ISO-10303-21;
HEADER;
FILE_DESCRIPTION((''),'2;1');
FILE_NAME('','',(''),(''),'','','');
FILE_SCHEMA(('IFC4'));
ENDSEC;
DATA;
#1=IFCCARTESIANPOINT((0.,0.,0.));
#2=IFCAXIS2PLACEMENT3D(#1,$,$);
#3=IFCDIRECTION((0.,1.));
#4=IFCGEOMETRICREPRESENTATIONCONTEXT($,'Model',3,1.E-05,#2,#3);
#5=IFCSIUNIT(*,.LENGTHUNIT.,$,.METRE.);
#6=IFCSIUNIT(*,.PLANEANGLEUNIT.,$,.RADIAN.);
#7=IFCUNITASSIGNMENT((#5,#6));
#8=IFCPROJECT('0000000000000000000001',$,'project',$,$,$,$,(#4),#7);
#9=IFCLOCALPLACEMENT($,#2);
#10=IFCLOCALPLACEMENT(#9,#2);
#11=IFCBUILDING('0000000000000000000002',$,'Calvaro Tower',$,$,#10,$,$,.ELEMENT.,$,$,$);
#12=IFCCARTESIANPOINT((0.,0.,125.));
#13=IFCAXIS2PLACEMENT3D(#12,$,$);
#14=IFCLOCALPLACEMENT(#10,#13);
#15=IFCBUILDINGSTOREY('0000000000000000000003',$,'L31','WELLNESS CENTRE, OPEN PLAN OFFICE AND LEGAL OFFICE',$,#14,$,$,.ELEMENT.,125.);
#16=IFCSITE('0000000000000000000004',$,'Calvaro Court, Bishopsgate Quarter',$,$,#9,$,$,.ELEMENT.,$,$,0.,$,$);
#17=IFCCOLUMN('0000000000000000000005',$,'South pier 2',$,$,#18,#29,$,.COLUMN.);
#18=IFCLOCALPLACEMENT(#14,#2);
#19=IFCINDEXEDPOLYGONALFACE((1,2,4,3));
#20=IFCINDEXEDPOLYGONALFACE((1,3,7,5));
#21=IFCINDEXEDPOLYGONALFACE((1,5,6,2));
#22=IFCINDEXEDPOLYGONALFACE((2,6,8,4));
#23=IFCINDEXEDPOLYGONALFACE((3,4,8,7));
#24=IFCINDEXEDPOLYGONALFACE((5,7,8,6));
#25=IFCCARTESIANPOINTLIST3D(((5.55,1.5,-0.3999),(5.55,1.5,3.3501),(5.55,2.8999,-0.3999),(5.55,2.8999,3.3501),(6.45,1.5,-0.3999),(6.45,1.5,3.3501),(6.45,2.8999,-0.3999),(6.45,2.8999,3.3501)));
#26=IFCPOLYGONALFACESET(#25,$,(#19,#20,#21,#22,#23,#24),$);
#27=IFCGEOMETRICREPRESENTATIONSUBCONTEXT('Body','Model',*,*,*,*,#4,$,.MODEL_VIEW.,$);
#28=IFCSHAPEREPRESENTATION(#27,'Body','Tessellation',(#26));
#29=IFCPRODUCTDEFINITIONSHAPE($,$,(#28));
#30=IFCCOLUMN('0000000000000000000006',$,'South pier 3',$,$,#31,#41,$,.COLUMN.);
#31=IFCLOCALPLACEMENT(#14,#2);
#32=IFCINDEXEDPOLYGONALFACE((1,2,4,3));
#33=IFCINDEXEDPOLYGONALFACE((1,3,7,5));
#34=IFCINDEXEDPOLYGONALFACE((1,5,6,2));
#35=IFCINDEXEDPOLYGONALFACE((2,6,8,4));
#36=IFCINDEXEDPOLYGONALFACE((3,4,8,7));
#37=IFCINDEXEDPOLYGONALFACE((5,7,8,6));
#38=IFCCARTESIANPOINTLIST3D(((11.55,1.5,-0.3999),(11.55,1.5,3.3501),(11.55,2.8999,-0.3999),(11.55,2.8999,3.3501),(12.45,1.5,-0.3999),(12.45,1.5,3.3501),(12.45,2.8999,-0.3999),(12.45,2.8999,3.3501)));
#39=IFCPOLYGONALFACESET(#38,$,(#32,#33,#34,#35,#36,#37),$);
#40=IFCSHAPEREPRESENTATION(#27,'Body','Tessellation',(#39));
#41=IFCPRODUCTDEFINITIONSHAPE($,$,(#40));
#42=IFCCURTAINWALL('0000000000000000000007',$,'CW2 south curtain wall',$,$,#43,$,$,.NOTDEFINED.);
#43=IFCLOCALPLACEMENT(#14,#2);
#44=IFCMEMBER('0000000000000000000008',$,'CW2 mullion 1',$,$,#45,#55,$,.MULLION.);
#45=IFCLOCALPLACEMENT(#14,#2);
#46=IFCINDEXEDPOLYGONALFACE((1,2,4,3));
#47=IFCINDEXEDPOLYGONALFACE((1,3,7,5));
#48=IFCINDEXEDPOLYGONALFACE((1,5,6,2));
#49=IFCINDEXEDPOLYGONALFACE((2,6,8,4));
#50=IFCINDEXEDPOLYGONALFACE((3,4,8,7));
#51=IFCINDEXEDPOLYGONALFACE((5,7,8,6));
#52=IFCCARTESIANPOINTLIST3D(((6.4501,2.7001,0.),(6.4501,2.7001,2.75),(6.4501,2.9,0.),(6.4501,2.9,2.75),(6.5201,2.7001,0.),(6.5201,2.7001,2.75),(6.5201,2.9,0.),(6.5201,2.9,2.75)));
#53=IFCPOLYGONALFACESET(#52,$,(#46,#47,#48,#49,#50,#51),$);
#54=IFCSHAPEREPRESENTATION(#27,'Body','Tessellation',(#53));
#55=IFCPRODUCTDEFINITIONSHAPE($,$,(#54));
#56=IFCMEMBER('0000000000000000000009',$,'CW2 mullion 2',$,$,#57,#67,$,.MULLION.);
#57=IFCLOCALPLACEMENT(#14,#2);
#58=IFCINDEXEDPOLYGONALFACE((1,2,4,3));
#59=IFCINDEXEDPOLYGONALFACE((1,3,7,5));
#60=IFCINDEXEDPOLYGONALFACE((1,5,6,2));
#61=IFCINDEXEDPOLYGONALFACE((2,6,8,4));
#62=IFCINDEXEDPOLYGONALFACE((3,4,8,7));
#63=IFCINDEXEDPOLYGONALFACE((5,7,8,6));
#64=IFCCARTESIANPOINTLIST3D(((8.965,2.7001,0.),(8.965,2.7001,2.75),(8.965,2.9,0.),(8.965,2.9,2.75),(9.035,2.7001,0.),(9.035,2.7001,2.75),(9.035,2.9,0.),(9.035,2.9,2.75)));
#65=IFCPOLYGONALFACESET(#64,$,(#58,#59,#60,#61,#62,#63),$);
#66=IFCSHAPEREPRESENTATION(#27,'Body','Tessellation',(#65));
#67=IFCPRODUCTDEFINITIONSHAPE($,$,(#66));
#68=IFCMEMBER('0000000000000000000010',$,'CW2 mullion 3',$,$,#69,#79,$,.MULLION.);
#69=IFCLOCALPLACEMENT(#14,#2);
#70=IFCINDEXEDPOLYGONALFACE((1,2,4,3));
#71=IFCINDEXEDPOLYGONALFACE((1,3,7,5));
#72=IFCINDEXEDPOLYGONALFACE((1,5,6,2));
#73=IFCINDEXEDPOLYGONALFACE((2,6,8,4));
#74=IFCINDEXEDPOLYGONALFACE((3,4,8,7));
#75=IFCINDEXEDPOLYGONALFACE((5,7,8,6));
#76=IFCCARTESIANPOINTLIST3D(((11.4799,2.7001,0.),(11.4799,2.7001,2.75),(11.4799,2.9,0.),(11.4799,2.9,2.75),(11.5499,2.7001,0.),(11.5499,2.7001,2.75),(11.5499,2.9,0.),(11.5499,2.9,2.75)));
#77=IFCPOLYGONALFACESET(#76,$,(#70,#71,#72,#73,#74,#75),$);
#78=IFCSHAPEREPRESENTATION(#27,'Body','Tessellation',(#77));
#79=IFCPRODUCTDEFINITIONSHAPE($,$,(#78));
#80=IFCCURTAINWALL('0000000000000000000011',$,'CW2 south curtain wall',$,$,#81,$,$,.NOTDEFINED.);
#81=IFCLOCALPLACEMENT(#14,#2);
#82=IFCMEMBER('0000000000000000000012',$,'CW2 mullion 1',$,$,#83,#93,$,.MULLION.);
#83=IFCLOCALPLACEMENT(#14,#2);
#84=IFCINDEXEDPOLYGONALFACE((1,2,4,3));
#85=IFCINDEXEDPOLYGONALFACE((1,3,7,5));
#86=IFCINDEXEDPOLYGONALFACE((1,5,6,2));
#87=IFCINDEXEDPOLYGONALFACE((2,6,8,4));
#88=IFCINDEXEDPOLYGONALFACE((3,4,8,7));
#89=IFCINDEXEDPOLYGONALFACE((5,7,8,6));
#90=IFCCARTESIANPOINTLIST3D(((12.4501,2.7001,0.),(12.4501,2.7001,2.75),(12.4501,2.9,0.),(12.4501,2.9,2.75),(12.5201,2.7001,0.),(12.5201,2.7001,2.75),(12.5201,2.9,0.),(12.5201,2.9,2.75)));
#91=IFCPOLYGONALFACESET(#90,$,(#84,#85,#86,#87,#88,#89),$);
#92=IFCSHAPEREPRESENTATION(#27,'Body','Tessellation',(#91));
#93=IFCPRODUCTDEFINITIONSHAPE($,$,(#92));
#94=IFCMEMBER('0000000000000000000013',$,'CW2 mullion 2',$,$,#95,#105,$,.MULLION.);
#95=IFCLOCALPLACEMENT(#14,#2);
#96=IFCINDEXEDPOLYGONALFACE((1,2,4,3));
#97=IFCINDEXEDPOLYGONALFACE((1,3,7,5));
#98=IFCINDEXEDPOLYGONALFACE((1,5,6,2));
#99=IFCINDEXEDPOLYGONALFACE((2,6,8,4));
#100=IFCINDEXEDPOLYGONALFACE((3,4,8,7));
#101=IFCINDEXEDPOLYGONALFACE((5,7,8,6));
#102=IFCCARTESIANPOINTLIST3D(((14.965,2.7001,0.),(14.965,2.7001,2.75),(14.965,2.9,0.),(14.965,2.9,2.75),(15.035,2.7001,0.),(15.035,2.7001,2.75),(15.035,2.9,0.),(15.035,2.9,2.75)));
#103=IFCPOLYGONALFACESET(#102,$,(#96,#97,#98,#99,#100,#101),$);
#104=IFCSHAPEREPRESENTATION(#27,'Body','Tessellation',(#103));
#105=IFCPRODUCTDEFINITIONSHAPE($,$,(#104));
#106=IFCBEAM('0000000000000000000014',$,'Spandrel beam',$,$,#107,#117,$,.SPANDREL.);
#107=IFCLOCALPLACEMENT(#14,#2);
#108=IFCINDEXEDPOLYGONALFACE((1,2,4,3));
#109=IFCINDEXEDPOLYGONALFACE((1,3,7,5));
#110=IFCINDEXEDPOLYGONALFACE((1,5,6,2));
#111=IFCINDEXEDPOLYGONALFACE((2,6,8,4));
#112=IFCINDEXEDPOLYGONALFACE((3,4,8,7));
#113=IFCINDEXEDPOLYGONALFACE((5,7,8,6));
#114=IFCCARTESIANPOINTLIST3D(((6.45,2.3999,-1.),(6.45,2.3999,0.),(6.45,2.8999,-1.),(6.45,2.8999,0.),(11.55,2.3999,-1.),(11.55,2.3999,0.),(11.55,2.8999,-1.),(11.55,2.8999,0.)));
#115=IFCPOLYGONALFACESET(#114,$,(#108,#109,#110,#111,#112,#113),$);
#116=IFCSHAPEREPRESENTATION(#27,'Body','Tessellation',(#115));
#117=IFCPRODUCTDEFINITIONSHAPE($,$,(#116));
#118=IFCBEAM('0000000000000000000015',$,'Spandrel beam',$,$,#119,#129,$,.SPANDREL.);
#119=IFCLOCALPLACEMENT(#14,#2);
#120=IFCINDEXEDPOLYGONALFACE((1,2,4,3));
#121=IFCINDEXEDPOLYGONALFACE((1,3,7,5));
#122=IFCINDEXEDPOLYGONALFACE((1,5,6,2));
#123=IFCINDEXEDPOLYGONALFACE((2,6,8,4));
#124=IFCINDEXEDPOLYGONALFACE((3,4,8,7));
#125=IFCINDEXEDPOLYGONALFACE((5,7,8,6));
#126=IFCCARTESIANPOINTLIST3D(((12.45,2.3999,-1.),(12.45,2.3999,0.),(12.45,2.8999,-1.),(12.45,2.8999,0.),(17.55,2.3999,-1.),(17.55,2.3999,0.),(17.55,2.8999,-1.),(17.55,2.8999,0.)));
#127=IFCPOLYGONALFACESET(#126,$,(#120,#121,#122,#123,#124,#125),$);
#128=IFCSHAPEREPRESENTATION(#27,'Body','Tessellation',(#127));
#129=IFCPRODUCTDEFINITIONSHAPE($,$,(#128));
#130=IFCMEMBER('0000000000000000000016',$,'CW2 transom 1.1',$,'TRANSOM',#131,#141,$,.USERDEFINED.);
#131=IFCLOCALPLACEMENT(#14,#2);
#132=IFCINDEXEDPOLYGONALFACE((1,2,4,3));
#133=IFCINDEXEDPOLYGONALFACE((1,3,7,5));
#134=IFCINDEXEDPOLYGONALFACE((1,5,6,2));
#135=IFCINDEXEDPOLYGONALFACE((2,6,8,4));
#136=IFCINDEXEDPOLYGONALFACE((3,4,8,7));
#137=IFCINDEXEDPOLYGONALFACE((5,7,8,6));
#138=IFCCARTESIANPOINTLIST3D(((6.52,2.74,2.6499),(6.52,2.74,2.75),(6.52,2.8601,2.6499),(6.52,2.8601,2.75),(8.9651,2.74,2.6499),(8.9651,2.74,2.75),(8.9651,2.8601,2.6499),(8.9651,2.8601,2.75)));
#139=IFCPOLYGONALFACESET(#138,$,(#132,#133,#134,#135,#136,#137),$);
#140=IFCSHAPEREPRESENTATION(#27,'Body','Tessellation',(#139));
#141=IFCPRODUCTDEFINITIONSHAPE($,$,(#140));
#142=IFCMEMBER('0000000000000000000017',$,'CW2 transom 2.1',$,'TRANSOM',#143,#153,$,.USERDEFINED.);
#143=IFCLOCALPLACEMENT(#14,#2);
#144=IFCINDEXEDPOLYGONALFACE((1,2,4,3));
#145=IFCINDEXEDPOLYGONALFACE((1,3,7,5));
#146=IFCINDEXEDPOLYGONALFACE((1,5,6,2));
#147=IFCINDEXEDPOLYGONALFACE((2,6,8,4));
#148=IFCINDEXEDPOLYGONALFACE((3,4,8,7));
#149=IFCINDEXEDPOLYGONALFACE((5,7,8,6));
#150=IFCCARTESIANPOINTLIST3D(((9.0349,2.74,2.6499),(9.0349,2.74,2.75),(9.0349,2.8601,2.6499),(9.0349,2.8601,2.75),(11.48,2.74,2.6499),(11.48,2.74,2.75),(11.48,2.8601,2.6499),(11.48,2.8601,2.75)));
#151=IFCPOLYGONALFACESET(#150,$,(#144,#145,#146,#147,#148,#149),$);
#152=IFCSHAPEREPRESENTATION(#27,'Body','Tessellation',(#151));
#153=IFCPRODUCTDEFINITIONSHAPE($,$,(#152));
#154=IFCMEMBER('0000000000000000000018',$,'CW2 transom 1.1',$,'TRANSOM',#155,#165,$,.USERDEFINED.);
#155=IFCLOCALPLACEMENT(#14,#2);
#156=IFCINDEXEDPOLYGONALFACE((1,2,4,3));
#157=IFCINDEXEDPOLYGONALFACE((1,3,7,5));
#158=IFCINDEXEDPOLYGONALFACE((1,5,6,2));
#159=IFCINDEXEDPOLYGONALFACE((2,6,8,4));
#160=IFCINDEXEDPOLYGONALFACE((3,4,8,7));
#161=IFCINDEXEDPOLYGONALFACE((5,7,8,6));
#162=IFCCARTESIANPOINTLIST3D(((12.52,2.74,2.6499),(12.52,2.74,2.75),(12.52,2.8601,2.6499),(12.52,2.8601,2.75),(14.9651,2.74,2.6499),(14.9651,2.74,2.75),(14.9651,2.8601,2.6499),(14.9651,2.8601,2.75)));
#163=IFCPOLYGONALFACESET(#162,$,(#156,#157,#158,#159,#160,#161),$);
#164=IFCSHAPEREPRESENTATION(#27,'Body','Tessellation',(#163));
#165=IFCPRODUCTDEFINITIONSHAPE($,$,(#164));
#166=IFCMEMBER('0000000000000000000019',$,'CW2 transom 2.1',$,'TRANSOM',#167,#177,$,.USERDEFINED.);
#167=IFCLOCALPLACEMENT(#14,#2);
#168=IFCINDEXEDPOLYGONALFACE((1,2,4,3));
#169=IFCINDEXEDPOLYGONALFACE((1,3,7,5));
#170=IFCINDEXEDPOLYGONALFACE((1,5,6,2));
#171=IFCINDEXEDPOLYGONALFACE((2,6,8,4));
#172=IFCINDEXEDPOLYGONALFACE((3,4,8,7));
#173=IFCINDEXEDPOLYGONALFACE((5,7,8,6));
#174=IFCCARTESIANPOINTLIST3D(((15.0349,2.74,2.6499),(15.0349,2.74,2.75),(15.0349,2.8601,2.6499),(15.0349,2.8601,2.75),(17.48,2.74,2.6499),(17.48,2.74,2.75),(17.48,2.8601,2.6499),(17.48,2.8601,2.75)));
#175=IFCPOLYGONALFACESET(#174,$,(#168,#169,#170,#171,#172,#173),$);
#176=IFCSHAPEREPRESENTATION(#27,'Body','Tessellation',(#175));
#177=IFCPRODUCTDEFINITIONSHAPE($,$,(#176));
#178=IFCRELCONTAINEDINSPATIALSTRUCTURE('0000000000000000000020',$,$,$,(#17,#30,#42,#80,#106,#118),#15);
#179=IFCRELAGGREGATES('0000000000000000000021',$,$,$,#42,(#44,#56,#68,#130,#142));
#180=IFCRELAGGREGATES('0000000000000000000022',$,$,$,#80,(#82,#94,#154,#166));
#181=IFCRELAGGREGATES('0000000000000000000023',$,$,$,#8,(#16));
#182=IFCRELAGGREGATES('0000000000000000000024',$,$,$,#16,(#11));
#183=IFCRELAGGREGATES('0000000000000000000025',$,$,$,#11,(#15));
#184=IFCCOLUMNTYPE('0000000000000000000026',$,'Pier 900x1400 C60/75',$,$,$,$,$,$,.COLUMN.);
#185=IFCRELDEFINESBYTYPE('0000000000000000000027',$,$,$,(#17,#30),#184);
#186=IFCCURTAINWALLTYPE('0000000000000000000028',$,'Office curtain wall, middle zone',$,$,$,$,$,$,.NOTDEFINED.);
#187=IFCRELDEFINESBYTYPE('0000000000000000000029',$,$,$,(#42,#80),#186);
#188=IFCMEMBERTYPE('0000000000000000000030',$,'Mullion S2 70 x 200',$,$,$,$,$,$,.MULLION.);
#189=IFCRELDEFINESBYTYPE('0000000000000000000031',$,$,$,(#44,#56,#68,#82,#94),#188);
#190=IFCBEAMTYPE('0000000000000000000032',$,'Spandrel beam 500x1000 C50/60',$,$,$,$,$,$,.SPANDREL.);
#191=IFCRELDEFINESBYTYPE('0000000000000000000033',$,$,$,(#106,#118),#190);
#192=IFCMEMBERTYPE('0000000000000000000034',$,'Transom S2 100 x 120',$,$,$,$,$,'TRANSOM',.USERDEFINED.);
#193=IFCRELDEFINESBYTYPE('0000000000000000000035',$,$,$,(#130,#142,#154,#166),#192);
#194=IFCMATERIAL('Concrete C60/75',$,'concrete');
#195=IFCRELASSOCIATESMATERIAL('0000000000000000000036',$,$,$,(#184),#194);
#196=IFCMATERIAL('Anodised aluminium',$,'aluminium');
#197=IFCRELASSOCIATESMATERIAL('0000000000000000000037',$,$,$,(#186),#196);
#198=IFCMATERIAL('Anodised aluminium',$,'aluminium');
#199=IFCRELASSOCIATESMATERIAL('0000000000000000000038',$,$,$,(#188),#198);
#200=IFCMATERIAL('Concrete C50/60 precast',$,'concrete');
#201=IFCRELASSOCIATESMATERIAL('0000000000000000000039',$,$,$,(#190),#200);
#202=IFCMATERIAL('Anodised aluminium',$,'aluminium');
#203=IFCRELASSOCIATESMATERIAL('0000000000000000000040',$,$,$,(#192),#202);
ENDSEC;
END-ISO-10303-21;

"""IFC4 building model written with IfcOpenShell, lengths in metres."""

from ifc_helpers import new_model, si_unit, direction, frame, origin, origin_2d, place, context, subcontext, project, spatial, rectangle, extrude, material, material_profile, profile_set, type_object, element, aggregate, save


model = new_model("IFC4")

# Units and contexts
model_context = context("Model", 3, precision=1e-05, world=origin(), true_north=direction((0.0, 1.0)))
body_context = subcontext(model_context, "Body", "Model", "MODEL_VIEW")
ifc_project = project(units=[si_unit("LENGTHUNIT", "METRE"), si_unit("PLANEANGLEUNIT", "RADIAN")], contexts=[model_context])

# Site, building, storey
site_placement = place(None, origin())
site = spatial("IfcSite", under=ifc_project, at=site_placement, Name="Calvaro Court, Bishopsgate Quarter", CompositionType="ELEMENT", RefElevation=0.0)
building_placement = place(site_placement, origin())
building = spatial("IfcBuilding", under=site, at=building_placement, Name="Calvaro Tower", CompositionType="ELEMENT")
storey_placement = place(building_placement, frame((0.0, 0.0, 125.0)))
storey = spatial("IfcBuildingStorey", under=building, at=storey_placement, Name="L31", Description="WELLNESS CENTRE, OPEN PLAN OFFICE AND LEGAL OFFICE", CompositionType="ELEMENT", Elevation=125.0)

# Columns
ifc_material_1 = material(Name="Concrete C60/75", Category="concrete")
ifc_material_profile_1 = material_profile(ifc_material_1, rectangle(XDim=0.8999, YDim=1.3999, at=origin_2d()), Name="RC 900x1400")
ifc_profile_set_1 = profile_set([ifc_material_profile_1], Name="Concrete C60/75")
column_type = type_object("IfcColumnType", Name="Pier 900x1400 C60/75", PredefinedType="COLUMN", material=ifc_profile_set_1)
for number, where, z_axis, x_axis, name in (
    (1, (6.0, 2.2, -0.3999), (0.0, 0.0, 1.0), (1.0, 0.0, 0.0), "South pier 2"),
    (2, (12.0, 2.2, -0.3999), (0.0, 0.0, 1.0), (1.0, 0.0, 0.0), "South pier 3"),
):
    element("IfcColumn", number, at=place(storey_placement, frame(where, z_axis=z_axis, x_axis=x_axis)), inside=storey, type_object=column_type, Name=name, PredefinedType="COLUMN", context=body_context, shape_type="SweptSolid", body=[
        extrude(rectangle(XDim=0.8999, YDim=1.3999, at=origin_2d()), origin(), (0.0, 0.0, 1.0), 3.75),
    ])

# Curtain walls, members
ifc_material_2 = material(Name="Anodised aluminium", Category="aluminium")
curtain_wall_type = type_object("IfcCurtainWallType", Name="Office curtain wall, middle zone", PredefinedType="NOTDEFINED", material=ifc_material_2)
curtain_wall_1_placement = place(storey_placement, origin())
curtain_wall_1 = element("IfcCurtainWall", 3, at=curtain_wall_1_placement, inside=storey, type_object=curtain_wall_type, Name="CW2 south curtain wall", PredefinedType="NOTDEFINED")
ifc_material_3 = material(Name="Anodised aluminium", Category="aluminium")
ifc_material_profile_2 = material_profile(ifc_material_3, rectangle(XDim=0.2, YDim=0.0701, at=origin_2d()), Name="Mullion S2 70 x 200")
ifc_profile_set_2 = profile_set([ifc_material_profile_2], Name="Anodised aluminium")
member_type_1 = type_object("IfcMemberType", Name="Mullion S2 70 x 200", PredefinedType="MULLION", material=ifc_profile_set_2)
member_1_placement = place(storey_placement, frame((6.4851, 2.8, 0.0), z_axis=(0.0, 0.0, 1.0), x_axis=(0.0, 1.0, 0.0)))
member_1 = element("IfcMember", 4, at=member_1_placement, type_object=member_type_1, Name="CW2 mullion 1", PredefinedType="MULLION", context=body_context, shape_type="SweptSolid", body=[
    extrude(rectangle(XDim=0.2, YDim=0.0701, at=origin_2d()), origin(), (0.0, 0.0, 1.0), 2.75),
])
member_2_placement = place(storey_placement, frame((9.0, 2.8, 0.0), z_axis=(0.0, 0.0, 1.0), x_axis=(0.0, 1.0, 0.0)))
member_2 = element("IfcMember", 5, at=member_2_placement, type_object=member_type_1, Name="CW2 mullion 2", PredefinedType="MULLION", context=body_context, shape_type="SweptSolid", body=[
    extrude(rectangle(XDim=0.2, YDim=0.0701, at=origin_2d()), origin(), (0.0, 0.0, 1.0), 2.75),
])
member_3_placement = place(storey_placement, frame((11.5149, 2.8, 0.0), z_axis=(0.0, 0.0, 1.0), x_axis=(0.0, 1.0, 0.0)))
member_3 = element("IfcMember", 6, at=member_3_placement, type_object=member_type_1, Name="CW2 mullion 3", PredefinedType="MULLION", context=body_context, shape_type="SweptSolid", body=[
    extrude(rectangle(XDim=0.2, YDim=0.0701, at=origin_2d()), origin(), (0.0, 0.0, 1.0), 2.75),
])
curtain_wall_2_placement = place(storey_placement, origin())
curtain_wall_2 = element("IfcCurtainWall", 7, at=curtain_wall_2_placement, inside=storey, type_object=curtain_wall_type, Name="CW2 south curtain wall", PredefinedType="NOTDEFINED")
member_4_placement = place(storey_placement, frame((12.4851, 2.8, 0.0), z_axis=(0.0, 0.0, 1.0), x_axis=(0.0, 1.0, 0.0)))
member_4 = element("IfcMember", 8, at=member_4_placement, type_object=member_type_1, Name="CW2 mullion 1", PredefinedType="MULLION", context=body_context, shape_type="SweptSolid", body=[
    extrude(rectangle(XDim=0.2, YDim=0.0701, at=origin_2d()), origin(), (0.0, 0.0, 1.0), 2.75),
])
member_5_placement = place(storey_placement, frame((15.0, 2.8, 0.0), z_axis=(0.0, 0.0, 1.0), x_axis=(0.0, 1.0, 0.0)))
member_5 = element("IfcMember", 9, at=member_5_placement, type_object=member_type_1, Name="CW2 mullion 2", PredefinedType="MULLION", context=body_context, shape_type="SweptSolid", body=[
    extrude(rectangle(XDim=0.2, YDim=0.0701, at=origin_2d()), origin(), (0.0, 0.0, 1.0), 2.75),
])

# Beams
ifc_material_4 = material(Name="Concrete C50/60 precast", Category="concrete")
ifc_material_profile_3 = material_profile(ifc_material_4, rectangle(XDim=0.5, YDim=1.0, at=origin_2d()), Name="RC 500x1000")
ifc_profile_set_3 = profile_set([ifc_material_profile_3], Name="Concrete C50/60 precast")
beam_type = type_object("IfcBeamType", Name="Spandrel beam 500x1000 C50/60", PredefinedType="SPANDREL", material=ifc_profile_set_3)
for number, where, z_axis, x_axis, name in (
    (10, (6.45, 2.6499, -0.5), (1.0, 0.0, 0.0), (0.0, 1.0, 0.0), "Spandrel beam"),
    (11, (12.45, 2.6499, -0.5), (1.0, 0.0, 0.0), (0.0, 1.0, 0.0), "Spandrel beam"),
):
    element("IfcBeam", number, at=place(storey_placement, frame(where, z_axis=z_axis, x_axis=x_axis)), inside=storey, type_object=beam_type, Name=name, PredefinedType="SPANDREL", context=body_context, shape_type="SweptSolid", body=[
        extrude(rectangle(XDim=0.5, YDim=1.0, at=origin_2d()), origin(), (0.0, 0.0, 1.0), 5.1001),
    ])

# Members
ifc_material_5 = material(Name="Anodised aluminium", Category="aluminium")
ifc_material_profile_4 = material_profile(ifc_material_5, rectangle(XDim=0.1201, YDim=0.1001, at=origin_2d()), Name="Transom S2 100 x 120")
ifc_profile_set_4 = profile_set([ifc_material_profile_4], Name="Anodised aluminium")
member_type_2 = type_object("IfcMemberType", Name="Transom S2 100 x 120", ElementType="TRANSOM", PredefinedType="USERDEFINED", material=ifc_profile_set_4)
member_6_placement = place(storey_placement, frame((6.52, 2.8, 2.7), z_axis=(1.0, 0.0, 0.0), x_axis=(0.0, 1.0, 0.0)))
member_6 = element("IfcMember", 12, at=member_6_placement, type_object=member_type_2, Name="CW2 transom 1.1", ObjectType="TRANSOM", PredefinedType="USERDEFINED", context=body_context, shape_type="SweptSolid", body=[
    extrude(rectangle(XDim=0.1201, YDim=0.1001, at=origin_2d()), origin(), (0.0, 0.0, 1.0), 2.4451),
])
member_7_placement = place(storey_placement, frame((9.0349, 2.8, 2.7), z_axis=(1.0, 0.0, 0.0), x_axis=(0.0, 1.0, 0.0)))
member_7 = element("IfcMember", 13, at=member_7_placement, type_object=member_type_2, Name="CW2 transom 2.1", ObjectType="TRANSOM", PredefinedType="USERDEFINED", context=body_context, shape_type="SweptSolid", body=[
    extrude(rectangle(XDim=0.1201, YDim=0.1001, at=origin_2d()), origin(), (0.0, 0.0, 1.0), 2.4451),
])
member_8_placement = place(storey_placement, frame((12.52, 2.8, 2.7), z_axis=(1.0, 0.0, 0.0), x_axis=(0.0, 1.0, 0.0)))
member_8 = element("IfcMember", 14, at=member_8_placement, type_object=member_type_2, Name="CW2 transom 1.1", ObjectType="TRANSOM", PredefinedType="USERDEFINED", context=body_context, shape_type="SweptSolid", body=[
    extrude(rectangle(XDim=0.1201, YDim=0.1001, at=origin_2d()), origin(), (0.0, 0.0, 1.0), 2.4451),
])
member_9_placement = place(storey_placement, frame((15.0349, 2.8, 2.7), z_axis=(1.0, 0.0, 0.0), x_axis=(0.0, 1.0, 0.0)))
member_9 = element("IfcMember", 15, at=member_9_placement, type_object=member_type_2, Name="CW2 transom 2.1", ObjectType="TRANSOM", PredefinedType="USERDEFINED", context=body_context, shape_type="SweptSolid", body=[
    extrude(rectangle(XDim=0.1201, YDim=0.1001, at=origin_2d()), origin(), (0.0, 0.0, 1.0), 2.4451),
])

aggregate(curtain_wall_1, [member_1, member_2, member_3, member_6, member_7])
aggregate(curtain_wall_2, [member_4, member_5, member_8, member_9])

save(model, "model.ifc")
